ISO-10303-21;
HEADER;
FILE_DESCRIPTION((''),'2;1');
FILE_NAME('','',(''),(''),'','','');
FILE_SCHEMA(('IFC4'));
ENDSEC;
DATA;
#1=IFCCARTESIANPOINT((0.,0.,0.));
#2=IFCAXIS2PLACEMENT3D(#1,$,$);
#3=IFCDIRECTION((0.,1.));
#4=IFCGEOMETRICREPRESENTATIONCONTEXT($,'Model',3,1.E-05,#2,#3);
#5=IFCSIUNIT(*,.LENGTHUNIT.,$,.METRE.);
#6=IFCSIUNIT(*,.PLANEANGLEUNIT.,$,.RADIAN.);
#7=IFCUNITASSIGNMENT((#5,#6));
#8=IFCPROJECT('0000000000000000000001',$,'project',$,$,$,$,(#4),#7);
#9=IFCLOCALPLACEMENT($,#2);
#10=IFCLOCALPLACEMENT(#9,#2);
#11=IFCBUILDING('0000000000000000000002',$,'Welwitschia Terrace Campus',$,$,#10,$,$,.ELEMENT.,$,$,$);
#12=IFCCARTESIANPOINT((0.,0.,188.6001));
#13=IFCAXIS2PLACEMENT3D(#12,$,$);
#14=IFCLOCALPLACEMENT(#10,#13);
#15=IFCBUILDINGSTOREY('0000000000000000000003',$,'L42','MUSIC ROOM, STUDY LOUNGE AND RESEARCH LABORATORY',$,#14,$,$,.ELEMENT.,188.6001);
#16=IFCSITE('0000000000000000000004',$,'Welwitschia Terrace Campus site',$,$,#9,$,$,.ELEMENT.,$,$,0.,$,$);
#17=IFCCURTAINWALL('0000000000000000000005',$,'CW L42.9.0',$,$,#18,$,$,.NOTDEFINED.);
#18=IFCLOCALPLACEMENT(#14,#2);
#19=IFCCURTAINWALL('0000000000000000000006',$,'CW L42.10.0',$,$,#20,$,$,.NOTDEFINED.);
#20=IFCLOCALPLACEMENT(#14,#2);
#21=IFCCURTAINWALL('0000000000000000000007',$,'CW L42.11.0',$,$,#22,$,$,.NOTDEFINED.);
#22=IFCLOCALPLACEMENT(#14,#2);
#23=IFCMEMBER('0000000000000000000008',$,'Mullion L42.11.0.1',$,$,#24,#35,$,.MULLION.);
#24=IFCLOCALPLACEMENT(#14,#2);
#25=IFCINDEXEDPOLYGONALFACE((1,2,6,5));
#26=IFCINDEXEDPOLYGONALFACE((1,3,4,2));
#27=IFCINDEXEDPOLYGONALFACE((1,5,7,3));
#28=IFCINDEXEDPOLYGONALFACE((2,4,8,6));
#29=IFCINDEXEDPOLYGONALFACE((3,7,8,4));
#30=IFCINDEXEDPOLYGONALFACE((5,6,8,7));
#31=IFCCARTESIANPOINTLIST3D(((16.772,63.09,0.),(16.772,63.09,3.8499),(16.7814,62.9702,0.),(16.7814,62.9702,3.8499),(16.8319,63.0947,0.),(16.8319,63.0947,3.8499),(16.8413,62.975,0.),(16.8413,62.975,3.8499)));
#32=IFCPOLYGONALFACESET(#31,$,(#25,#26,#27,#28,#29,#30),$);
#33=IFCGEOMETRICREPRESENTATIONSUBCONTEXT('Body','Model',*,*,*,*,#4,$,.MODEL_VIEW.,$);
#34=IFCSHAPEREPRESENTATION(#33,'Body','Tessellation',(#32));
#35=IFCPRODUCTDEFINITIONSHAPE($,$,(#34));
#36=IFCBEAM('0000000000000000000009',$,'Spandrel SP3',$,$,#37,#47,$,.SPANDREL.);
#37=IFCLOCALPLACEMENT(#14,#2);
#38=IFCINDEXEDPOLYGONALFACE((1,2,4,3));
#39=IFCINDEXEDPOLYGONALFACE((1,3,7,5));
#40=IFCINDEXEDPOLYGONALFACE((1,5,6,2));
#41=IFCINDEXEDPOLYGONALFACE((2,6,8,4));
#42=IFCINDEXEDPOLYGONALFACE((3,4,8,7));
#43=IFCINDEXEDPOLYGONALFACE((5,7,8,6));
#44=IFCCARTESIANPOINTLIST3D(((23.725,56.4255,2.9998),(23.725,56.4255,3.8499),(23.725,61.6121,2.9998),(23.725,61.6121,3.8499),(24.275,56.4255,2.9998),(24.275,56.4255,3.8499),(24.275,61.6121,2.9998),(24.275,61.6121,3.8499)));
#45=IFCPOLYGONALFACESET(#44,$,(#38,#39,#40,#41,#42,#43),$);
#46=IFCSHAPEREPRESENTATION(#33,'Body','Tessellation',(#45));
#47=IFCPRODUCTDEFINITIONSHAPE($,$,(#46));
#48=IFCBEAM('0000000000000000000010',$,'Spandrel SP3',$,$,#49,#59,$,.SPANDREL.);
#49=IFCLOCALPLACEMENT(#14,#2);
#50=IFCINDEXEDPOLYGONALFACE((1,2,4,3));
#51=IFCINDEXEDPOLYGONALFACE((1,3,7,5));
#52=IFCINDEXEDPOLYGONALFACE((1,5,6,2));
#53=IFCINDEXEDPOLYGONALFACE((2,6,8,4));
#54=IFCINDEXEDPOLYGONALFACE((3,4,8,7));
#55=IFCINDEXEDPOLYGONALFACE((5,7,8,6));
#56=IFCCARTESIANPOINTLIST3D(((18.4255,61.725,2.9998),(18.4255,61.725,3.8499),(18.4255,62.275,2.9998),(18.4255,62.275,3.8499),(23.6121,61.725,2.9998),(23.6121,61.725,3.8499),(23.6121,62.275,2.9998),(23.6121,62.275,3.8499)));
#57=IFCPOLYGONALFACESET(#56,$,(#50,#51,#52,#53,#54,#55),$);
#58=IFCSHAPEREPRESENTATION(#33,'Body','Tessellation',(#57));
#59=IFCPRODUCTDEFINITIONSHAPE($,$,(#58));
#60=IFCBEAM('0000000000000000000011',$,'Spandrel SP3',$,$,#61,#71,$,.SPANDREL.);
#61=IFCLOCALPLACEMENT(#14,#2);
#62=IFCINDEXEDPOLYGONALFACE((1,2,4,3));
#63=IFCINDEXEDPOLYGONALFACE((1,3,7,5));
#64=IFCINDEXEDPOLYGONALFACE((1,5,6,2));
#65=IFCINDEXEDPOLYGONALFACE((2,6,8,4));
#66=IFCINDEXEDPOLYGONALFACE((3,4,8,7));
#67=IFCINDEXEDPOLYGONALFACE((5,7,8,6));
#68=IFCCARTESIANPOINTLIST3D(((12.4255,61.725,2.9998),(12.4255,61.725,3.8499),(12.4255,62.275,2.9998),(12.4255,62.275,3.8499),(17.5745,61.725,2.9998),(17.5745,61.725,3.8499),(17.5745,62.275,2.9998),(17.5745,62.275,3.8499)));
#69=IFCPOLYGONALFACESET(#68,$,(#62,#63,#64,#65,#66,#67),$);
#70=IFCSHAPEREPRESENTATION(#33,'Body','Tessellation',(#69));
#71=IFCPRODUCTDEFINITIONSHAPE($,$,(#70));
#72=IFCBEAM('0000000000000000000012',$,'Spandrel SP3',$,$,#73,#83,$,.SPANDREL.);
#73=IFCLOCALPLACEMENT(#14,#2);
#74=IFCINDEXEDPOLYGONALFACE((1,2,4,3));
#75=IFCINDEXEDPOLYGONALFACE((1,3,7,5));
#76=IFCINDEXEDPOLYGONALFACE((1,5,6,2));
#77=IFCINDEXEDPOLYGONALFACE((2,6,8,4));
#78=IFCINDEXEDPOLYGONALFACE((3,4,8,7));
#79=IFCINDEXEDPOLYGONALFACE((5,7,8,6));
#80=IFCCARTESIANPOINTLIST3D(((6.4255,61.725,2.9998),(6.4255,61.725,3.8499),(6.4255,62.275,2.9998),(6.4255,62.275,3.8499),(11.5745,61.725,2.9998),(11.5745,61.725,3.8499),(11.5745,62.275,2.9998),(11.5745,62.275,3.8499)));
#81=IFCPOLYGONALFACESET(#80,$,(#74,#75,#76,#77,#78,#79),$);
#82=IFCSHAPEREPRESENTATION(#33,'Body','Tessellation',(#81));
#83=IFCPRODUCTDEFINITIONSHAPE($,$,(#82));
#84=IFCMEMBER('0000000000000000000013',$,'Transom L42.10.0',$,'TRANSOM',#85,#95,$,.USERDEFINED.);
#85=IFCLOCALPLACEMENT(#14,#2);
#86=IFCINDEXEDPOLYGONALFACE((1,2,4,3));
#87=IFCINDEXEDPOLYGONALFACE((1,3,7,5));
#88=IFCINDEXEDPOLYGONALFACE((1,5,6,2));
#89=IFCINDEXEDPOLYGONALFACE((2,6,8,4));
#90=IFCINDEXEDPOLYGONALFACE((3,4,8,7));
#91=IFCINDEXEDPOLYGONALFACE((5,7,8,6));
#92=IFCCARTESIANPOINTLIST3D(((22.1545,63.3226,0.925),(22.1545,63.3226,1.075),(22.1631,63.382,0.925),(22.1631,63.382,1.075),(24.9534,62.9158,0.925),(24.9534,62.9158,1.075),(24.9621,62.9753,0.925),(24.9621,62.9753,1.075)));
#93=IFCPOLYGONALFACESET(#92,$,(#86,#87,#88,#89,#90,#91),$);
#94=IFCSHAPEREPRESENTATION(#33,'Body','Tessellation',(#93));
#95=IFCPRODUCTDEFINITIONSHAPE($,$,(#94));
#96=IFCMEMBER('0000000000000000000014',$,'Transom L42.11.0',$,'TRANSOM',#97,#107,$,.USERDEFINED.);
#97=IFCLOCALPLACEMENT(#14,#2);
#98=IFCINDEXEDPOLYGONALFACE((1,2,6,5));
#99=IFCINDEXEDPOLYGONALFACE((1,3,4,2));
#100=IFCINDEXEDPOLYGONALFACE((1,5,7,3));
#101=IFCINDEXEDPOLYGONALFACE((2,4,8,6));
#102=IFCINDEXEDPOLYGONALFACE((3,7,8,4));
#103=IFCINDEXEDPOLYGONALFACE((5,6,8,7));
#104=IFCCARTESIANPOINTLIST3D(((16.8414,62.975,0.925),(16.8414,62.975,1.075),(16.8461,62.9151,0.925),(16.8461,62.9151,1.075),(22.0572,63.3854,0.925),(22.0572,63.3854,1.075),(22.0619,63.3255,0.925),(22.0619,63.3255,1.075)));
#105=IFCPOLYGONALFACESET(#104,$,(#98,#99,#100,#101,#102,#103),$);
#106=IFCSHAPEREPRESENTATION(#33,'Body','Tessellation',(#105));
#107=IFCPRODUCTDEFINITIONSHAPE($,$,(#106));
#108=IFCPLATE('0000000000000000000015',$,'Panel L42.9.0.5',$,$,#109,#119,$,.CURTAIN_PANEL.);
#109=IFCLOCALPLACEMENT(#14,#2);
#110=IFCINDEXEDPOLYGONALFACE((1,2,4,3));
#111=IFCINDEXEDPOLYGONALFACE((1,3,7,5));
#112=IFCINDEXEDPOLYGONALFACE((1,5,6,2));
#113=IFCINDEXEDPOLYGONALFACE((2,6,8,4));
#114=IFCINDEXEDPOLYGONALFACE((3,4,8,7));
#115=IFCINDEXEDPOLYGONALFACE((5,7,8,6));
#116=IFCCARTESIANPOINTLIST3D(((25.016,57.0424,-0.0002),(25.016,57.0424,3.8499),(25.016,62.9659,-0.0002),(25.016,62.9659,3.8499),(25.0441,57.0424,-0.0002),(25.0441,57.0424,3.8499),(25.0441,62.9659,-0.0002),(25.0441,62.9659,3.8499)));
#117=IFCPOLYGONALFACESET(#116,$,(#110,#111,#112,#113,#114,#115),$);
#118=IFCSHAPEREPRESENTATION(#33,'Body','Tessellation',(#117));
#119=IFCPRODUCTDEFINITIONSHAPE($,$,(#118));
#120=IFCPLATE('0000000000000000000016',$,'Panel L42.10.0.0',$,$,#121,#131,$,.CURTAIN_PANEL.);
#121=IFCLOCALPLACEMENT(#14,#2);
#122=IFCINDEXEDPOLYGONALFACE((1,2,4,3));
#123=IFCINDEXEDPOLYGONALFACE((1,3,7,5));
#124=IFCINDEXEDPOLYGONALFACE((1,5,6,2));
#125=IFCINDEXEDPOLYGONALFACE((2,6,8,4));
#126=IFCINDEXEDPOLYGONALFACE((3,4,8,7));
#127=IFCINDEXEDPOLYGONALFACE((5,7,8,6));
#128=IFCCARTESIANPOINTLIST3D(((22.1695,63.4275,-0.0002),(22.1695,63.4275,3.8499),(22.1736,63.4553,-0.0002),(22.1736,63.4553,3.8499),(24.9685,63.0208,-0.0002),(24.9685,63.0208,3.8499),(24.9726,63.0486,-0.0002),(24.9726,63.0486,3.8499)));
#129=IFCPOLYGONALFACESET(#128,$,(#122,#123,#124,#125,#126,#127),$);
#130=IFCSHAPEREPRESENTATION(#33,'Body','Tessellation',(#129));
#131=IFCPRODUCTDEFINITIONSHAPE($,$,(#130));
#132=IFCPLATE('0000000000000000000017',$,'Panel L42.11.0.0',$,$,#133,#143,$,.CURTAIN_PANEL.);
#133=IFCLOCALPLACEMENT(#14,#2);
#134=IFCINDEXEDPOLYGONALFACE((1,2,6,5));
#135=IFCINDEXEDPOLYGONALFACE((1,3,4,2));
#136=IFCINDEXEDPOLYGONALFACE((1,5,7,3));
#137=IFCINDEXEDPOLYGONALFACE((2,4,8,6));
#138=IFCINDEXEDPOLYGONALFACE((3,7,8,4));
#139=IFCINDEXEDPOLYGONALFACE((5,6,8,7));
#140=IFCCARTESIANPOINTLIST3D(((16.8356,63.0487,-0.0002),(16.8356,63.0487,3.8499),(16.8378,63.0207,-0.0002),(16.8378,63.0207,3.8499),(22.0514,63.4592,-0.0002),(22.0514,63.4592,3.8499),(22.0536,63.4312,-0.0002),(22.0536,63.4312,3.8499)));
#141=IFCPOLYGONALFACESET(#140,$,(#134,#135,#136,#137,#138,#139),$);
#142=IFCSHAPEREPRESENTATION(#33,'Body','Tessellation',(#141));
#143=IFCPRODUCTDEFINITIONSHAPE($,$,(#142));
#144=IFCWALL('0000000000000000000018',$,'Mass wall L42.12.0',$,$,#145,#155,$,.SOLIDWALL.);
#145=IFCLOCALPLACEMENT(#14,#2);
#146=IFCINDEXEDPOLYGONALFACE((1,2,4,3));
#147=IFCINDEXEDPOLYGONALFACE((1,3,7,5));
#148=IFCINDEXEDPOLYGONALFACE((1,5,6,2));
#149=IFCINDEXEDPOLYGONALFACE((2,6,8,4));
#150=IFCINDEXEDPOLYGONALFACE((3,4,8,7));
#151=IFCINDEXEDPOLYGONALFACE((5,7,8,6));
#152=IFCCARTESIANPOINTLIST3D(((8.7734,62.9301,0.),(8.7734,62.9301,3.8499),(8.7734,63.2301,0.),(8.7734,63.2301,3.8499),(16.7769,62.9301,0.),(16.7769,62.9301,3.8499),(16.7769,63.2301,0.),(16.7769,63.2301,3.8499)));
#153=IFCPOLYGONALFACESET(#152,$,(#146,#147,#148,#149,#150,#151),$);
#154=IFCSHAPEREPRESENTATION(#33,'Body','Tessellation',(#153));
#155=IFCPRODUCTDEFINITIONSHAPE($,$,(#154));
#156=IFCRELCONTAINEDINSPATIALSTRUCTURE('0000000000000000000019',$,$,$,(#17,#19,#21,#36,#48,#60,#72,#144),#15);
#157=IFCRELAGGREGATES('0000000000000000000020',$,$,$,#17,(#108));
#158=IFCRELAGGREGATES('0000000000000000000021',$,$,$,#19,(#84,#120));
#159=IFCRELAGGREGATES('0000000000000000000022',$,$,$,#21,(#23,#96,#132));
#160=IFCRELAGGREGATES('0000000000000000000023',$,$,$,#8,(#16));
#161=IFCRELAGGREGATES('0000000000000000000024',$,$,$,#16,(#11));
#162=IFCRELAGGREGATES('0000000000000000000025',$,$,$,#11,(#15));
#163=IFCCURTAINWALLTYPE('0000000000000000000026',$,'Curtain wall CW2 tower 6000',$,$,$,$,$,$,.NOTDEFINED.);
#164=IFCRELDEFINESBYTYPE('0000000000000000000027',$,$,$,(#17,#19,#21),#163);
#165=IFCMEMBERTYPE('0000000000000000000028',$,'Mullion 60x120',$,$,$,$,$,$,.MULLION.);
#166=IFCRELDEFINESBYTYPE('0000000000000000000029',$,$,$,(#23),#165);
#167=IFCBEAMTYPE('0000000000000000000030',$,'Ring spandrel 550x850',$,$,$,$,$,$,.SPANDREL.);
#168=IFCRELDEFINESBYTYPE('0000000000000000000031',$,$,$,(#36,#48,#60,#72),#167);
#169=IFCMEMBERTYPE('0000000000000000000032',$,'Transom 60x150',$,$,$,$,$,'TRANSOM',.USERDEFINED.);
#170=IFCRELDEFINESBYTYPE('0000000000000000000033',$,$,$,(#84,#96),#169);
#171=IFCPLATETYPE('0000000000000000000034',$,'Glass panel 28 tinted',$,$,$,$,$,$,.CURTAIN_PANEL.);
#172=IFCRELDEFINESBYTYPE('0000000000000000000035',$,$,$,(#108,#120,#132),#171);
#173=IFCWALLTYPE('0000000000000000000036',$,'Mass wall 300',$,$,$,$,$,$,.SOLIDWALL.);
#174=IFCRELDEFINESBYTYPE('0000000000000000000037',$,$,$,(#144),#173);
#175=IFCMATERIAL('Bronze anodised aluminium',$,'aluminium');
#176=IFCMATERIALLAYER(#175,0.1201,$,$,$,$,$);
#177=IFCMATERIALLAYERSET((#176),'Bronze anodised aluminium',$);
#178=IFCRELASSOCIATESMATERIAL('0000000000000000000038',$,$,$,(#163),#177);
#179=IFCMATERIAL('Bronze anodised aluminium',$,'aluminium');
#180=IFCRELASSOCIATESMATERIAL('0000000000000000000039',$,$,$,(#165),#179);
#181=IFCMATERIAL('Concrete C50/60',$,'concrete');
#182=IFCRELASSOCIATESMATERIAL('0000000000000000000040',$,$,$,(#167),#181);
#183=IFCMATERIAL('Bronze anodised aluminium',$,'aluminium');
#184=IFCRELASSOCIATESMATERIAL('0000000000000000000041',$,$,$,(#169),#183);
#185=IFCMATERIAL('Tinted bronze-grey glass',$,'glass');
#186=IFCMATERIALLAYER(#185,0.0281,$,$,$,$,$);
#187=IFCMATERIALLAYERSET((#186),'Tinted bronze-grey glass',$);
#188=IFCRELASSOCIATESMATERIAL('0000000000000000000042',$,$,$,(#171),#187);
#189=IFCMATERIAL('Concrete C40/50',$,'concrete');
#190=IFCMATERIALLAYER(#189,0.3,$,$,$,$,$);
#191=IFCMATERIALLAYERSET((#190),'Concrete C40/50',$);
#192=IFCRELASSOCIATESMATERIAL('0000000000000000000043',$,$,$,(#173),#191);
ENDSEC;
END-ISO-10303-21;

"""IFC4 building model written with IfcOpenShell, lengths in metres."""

from ifc_helpers import new_model, si_unit, direction, frame, frame_2d, origin, origin_2d, place, context, subcontext, project, spatial, rectangle, extrude, material, layer, layer_set, material_profile, profile_set, type_object, element, aggregate, save


model = new_model("IFC4")

# Units and contexts
model_context = context("Model", 3, precision=1e-05, world=origin(), true_north=direction((0.0, 1.0)))
body_context = subcontext(model_context, "Body", "Model", "MODEL_VIEW")
ifc_project = project(units=[si_unit("LENGTHUNIT", "METRE"), si_unit("PLANEANGLEUNIT", "RADIAN")], contexts=[model_context])

# Site, building, storey
site_placement = place(None, origin())
site = spatial("IfcSite", under=ifc_project, at=site_placement, Name="Welwitschia Terrace Campus site", CompositionType="ELEMENT", RefElevation=0.0)
building_placement = place(site_placement, origin())
building = spatial("IfcBuilding", under=site, at=building_placement, Name="Welwitschia Terrace Campus", CompositionType="ELEMENT")
storey_placement = place(building_placement, frame((0.0, 0.0, 188.6001)))
storey = spatial("IfcBuildingStorey", under=building, at=storey_placement, Name="L42", Description="MUSIC ROOM, STUDY LOUNGE AND RESEARCH LABORATORY", CompositionType="ELEMENT", Elevation=188.6001)

# Curtain walls, member
ifc_material_1 = material(Name="Bronze anodised aluminium", Category="aluminium")
ifc_layer_1 = layer(ifc_material_1, 0.1201)
ifc_layer_set_1 = layer_set([ifc_layer_1], Name="Bronze anodised aluminium")
curtain_wall_type = type_object("IfcCurtainWallType", Name="Curtain wall CW2 tower 6000", PredefinedType="NOTDEFINED", material=ifc_layer_set_1)
curtain_wall_1_placement = place(storey_placement, origin())
curtain_wall_1 = element("IfcCurtainWall", 1, at=curtain_wall_1_placement, inside=storey, type_object=curtain_wall_type, Name="CW L42.9.0", PredefinedType="NOTDEFINED")
ifc_material_2 = material(Name="Bronze anodised aluminium", Category="aluminium")
ifc_material_profile_1 = material_profile(ifc_material_2, rectangle(XDim=0.1201, YDim=0.0601, at=origin_2d()))
ifc_profile_set_1 = profile_set([ifc_material_profile_1], Name="Bronze anodised aluminium")
member_type_1 = type_object("IfcMemberType", Name="Mullion 60x120", PredefinedType="MULLION", material=ifc_profile_set_1)
curtain_wall_2_placement = place(storey_placement, origin())
curtain_wall_2 = element("IfcCurtainWall", 2, at=curtain_wall_2_placement, inside=storey, type_object=curtain_wall_type, Name="CW L42.10.0", PredefinedType="NOTDEFINED")
curtain_wall_3_placement = place(storey_placement, origin())
curtain_wall_3 = element("IfcCurtainWall", 3, at=curtain_wall_3_placement, inside=storey, type_object=curtain_wall_type, Name="CW L42.11.0", PredefinedType="NOTDEFINED")
member_1_placement = place(storey_placement, frame((16.8066, 63.0325, 0.0), z_axis=(0.0, 0.0, 1.0), x_axis=(0.078459, -0.996917, 0.0)))
member_1 = element("IfcMember", 4, at=member_1_placement, type_object=member_type_1, Name="Mullion L42.11.0.1", PredefinedType="MULLION", context=body_context, shape_type="SweptSolid", body=[
    extrude(rectangle(XDim=0.1201, YDim=0.0601, at=origin_2d()), origin(), (0.0, 0.0, 1.0), 3.8499),
])

# Beams
ifc_material_3 = material(Name="Concrete C50/60", Category="concrete")
ifc_material_profile_2 = material_profile(ifc_material_3, rectangle(XDim=0.55, YDim=0.8501, at=origin_2d()))
ifc_profile_set_2 = profile_set([ifc_material_profile_2], Name="Concrete C50/60")
beam_type_1 = type_object("IfcBeamType", Name="Ring spandrel 550x850", PredefinedType="SPANDREL", material=ifc_profile_set_2)
for number, where, z_axis, x_axis, name in (
    (5, (24.0, 56.4255, 3.4248), (0.0, 1.0, 0.0), (-1.0, 0.0, 0.0), "Spandrel SP3"),
    (6, (23.6121, 62.0, 3.4248), (-1.0, 0.0, 0.0), (0.0, -1.0, 0.0), "Spandrel SP3"),
):
    element("IfcBeam", number, at=place(storey_placement, frame(where, z_axis=z_axis, x_axis=x_axis)), inside=storey, type_object=beam_type_1, Name=name, PredefinedType="SPANDREL", context=body_context, shape_type="SweptSolid", body=[
        extrude(rectangle(XDim=0.55, YDim=0.8501, at=origin_2d()), origin(), (0.0, 0.0, 1.0), 5.1865),
    ])
for number, where, z_axis, x_axis, name in (
    (7, (17.5745, 62.0, 3.4248), (-1.0, 0.0, 0.0), (0.0, -1.0, 0.0), "Spandrel SP3"),
    (8, (11.5745, 62.0, 3.4248), (-1.0, 0.0, 0.0), (0.0, -1.0, 0.0), "Spandrel SP3"),
):
    element("IfcBeam", number, at=place(storey_placement, frame(where, z_axis=z_axis, x_axis=x_axis)), inside=storey, type_object=beam_type_1, Name=name, PredefinedType="SPANDREL", context=body_context, shape_type="SweptSolid", body=[
        extrude(rectangle(XDim=0.55, YDim=0.8501, at=origin_2d()), origin(), (0.0, 0.0, 1.0), 5.1489),
    ])

# Members
ifc_material_4 = material(Name="Bronze anodised aluminium", Category="aluminium")
ifc_material_profile_3 = material_profile(ifc_material_4, rectangle(XDim=0.0601, YDim=0.1499, at=origin_2d()))
ifc_profile_set_3 = profile_set([ifc_material_profile_3], Name="Bronze anodised aluminium")
member_type_2 = type_object("IfcMemberType", Name="Transom 60x150", ElementType="TRANSOM", PredefinedType="USERDEFINED", material=ifc_profile_set_3)
member_2_placement = place(storey_placement, frame((24.9578, 62.9456, 1.0), z_axis=(-0.989607, 0.143802, 0.0), x_axis=(-0.143802, -0.989607, 0.0)))
member_2 = element("IfcMember", 9, at=member_2_placement, type_object=member_type_2, Name="Transom L42.10.0", ObjectType="TRANSOM", PredefinedType="USERDEFINED", context=body_context, shape_type="SweptSolid", body=[
    extrude(rectangle(XDim=0.0601, YDim=0.1499, at=origin_2d()), origin(), (0.0, 0.0, 1.0), 2.8284),
])
member_3_placement = place(storey_placement, frame((22.0596, 63.3555, 1.0), z_axis=(-0.996919, -0.078441, 0.0), x_axis=(0.078441, -0.996919, 0.0)))
member_3 = element("IfcMember", 10, at=member_3_placement, type_object=member_type_2, Name="Transom L42.11.0", ObjectType="TRANSOM", PredefinedType="USERDEFINED", context=body_context, shape_type="SweptSolid", body=[
    extrude(rectangle(XDim=0.0601, YDim=0.1499, at=origin_2d()), origin(), (0.0, 0.0, 1.0), 5.2319),
])

# Plates
ifc_material_5 = material(Name="Tinted bronze-grey glass", Category="glass")
ifc_layer_2 = layer(ifc_material_5, 0.0281)
ifc_layer_set_2 = layer_set([ifc_layer_2], Name="Tinted bronze-grey glass")
plate_type = type_object("IfcPlateType", Name="Glass panel 28 tinted", PredefinedType="CURTAIN_PANEL", material=ifc_layer_set_2)
plate_1_placement = place(storey_placement, frame((25.03, 60.0042, -0.0002), z_axis=(0.0, 0.0, 1.0), x_axis=(0.0, 1.0, 0.0)))
plate_1 = element("IfcPlate", 11, at=plate_1_placement, type_object=plate_type, Name="Panel L42.9.0.5", PredefinedType="CURTAIN_PANEL", context=body_context, shape_type="SweptSolid", body=[
    extrude(rectangle(XDim=5.9236, YDim=0.0281, at=origin_2d()), origin(), (0.0, 0.0, 1.0), 3.8501),
])
aggregate(curtain_wall_1, [plate_1])
plate_2_placement = place(storey_placement, frame((23.571, 63.238, -0.0002), z_axis=(0.0, 0.0, 1.0), x_axis=(-0.989607, 0.143797, 0.0)))
plate_2 = element("IfcPlate", 12, at=plate_2_placement, type_object=plate_type, Name="Panel L42.10.0.0", PredefinedType="CURTAIN_PANEL", context=body_context, shape_type="SweptSolid", body=[
    extrude(rectangle(XDim=2.8284, YDim=0.0281, at=origin_2d()), origin(), (0.0, 0.0, 1.0), 3.8501),
])
aggregate(curtain_wall_2, [member_2, plate_2])
plate_3_placement = place(storey_placement, frame((19.4446, 63.24, -0.0002), z_axis=(0.0, 0.0, 1.0), x_axis=(-0.996917, -0.078459, 0.0)))
plate_3 = element("IfcPlate", 13, at=plate_3_placement, type_object=plate_type, Name="Panel L42.11.0.0", PredefinedType="CURTAIN_PANEL", context=body_context, shape_type="SweptSolid", body=[
    extrude(rectangle(XDim=5.2319, YDim=0.0281, at=origin_2d()), origin(), (0.0, 0.0, 1.0), 3.8501),
])
aggregate(curtain_wall_3, [member_1, member_3, plate_3])

# Wall
ifc_material_6 = material(Name="Concrete C40/50", Category="concrete")
ifc_layer_3 = layer(ifc_material_6, 0.3)
ifc_layer_set_3 = layer_set([ifc_layer_3], Name="Concrete C40/50")
wall_type = type_object("IfcWallType", Name="Mass wall 300", PredefinedType="SOLIDWALL", material=ifc_layer_set_3)
wall_placement = place(storey_placement, frame((16.7769, 63.0801, 0.0), z_axis=(0.0, 0.0, 1.0), x_axis=(-1.0, 0.0, 0.0)))
element("IfcWall", 14, at=wall_placement, inside=storey, type_object=wall_type, Name="Mass wall L42.12.0", PredefinedType="SOLIDWALL", context=body_context, shape_type="SweptSolid", body=[
    extrude(rectangle(XDim=8.0034, YDim=0.3, at=frame_2d((4.0017, 0.0))), origin(), (0.0, 0.0, 1.0), 3.8499),
])

save(model, "model.ifc")
